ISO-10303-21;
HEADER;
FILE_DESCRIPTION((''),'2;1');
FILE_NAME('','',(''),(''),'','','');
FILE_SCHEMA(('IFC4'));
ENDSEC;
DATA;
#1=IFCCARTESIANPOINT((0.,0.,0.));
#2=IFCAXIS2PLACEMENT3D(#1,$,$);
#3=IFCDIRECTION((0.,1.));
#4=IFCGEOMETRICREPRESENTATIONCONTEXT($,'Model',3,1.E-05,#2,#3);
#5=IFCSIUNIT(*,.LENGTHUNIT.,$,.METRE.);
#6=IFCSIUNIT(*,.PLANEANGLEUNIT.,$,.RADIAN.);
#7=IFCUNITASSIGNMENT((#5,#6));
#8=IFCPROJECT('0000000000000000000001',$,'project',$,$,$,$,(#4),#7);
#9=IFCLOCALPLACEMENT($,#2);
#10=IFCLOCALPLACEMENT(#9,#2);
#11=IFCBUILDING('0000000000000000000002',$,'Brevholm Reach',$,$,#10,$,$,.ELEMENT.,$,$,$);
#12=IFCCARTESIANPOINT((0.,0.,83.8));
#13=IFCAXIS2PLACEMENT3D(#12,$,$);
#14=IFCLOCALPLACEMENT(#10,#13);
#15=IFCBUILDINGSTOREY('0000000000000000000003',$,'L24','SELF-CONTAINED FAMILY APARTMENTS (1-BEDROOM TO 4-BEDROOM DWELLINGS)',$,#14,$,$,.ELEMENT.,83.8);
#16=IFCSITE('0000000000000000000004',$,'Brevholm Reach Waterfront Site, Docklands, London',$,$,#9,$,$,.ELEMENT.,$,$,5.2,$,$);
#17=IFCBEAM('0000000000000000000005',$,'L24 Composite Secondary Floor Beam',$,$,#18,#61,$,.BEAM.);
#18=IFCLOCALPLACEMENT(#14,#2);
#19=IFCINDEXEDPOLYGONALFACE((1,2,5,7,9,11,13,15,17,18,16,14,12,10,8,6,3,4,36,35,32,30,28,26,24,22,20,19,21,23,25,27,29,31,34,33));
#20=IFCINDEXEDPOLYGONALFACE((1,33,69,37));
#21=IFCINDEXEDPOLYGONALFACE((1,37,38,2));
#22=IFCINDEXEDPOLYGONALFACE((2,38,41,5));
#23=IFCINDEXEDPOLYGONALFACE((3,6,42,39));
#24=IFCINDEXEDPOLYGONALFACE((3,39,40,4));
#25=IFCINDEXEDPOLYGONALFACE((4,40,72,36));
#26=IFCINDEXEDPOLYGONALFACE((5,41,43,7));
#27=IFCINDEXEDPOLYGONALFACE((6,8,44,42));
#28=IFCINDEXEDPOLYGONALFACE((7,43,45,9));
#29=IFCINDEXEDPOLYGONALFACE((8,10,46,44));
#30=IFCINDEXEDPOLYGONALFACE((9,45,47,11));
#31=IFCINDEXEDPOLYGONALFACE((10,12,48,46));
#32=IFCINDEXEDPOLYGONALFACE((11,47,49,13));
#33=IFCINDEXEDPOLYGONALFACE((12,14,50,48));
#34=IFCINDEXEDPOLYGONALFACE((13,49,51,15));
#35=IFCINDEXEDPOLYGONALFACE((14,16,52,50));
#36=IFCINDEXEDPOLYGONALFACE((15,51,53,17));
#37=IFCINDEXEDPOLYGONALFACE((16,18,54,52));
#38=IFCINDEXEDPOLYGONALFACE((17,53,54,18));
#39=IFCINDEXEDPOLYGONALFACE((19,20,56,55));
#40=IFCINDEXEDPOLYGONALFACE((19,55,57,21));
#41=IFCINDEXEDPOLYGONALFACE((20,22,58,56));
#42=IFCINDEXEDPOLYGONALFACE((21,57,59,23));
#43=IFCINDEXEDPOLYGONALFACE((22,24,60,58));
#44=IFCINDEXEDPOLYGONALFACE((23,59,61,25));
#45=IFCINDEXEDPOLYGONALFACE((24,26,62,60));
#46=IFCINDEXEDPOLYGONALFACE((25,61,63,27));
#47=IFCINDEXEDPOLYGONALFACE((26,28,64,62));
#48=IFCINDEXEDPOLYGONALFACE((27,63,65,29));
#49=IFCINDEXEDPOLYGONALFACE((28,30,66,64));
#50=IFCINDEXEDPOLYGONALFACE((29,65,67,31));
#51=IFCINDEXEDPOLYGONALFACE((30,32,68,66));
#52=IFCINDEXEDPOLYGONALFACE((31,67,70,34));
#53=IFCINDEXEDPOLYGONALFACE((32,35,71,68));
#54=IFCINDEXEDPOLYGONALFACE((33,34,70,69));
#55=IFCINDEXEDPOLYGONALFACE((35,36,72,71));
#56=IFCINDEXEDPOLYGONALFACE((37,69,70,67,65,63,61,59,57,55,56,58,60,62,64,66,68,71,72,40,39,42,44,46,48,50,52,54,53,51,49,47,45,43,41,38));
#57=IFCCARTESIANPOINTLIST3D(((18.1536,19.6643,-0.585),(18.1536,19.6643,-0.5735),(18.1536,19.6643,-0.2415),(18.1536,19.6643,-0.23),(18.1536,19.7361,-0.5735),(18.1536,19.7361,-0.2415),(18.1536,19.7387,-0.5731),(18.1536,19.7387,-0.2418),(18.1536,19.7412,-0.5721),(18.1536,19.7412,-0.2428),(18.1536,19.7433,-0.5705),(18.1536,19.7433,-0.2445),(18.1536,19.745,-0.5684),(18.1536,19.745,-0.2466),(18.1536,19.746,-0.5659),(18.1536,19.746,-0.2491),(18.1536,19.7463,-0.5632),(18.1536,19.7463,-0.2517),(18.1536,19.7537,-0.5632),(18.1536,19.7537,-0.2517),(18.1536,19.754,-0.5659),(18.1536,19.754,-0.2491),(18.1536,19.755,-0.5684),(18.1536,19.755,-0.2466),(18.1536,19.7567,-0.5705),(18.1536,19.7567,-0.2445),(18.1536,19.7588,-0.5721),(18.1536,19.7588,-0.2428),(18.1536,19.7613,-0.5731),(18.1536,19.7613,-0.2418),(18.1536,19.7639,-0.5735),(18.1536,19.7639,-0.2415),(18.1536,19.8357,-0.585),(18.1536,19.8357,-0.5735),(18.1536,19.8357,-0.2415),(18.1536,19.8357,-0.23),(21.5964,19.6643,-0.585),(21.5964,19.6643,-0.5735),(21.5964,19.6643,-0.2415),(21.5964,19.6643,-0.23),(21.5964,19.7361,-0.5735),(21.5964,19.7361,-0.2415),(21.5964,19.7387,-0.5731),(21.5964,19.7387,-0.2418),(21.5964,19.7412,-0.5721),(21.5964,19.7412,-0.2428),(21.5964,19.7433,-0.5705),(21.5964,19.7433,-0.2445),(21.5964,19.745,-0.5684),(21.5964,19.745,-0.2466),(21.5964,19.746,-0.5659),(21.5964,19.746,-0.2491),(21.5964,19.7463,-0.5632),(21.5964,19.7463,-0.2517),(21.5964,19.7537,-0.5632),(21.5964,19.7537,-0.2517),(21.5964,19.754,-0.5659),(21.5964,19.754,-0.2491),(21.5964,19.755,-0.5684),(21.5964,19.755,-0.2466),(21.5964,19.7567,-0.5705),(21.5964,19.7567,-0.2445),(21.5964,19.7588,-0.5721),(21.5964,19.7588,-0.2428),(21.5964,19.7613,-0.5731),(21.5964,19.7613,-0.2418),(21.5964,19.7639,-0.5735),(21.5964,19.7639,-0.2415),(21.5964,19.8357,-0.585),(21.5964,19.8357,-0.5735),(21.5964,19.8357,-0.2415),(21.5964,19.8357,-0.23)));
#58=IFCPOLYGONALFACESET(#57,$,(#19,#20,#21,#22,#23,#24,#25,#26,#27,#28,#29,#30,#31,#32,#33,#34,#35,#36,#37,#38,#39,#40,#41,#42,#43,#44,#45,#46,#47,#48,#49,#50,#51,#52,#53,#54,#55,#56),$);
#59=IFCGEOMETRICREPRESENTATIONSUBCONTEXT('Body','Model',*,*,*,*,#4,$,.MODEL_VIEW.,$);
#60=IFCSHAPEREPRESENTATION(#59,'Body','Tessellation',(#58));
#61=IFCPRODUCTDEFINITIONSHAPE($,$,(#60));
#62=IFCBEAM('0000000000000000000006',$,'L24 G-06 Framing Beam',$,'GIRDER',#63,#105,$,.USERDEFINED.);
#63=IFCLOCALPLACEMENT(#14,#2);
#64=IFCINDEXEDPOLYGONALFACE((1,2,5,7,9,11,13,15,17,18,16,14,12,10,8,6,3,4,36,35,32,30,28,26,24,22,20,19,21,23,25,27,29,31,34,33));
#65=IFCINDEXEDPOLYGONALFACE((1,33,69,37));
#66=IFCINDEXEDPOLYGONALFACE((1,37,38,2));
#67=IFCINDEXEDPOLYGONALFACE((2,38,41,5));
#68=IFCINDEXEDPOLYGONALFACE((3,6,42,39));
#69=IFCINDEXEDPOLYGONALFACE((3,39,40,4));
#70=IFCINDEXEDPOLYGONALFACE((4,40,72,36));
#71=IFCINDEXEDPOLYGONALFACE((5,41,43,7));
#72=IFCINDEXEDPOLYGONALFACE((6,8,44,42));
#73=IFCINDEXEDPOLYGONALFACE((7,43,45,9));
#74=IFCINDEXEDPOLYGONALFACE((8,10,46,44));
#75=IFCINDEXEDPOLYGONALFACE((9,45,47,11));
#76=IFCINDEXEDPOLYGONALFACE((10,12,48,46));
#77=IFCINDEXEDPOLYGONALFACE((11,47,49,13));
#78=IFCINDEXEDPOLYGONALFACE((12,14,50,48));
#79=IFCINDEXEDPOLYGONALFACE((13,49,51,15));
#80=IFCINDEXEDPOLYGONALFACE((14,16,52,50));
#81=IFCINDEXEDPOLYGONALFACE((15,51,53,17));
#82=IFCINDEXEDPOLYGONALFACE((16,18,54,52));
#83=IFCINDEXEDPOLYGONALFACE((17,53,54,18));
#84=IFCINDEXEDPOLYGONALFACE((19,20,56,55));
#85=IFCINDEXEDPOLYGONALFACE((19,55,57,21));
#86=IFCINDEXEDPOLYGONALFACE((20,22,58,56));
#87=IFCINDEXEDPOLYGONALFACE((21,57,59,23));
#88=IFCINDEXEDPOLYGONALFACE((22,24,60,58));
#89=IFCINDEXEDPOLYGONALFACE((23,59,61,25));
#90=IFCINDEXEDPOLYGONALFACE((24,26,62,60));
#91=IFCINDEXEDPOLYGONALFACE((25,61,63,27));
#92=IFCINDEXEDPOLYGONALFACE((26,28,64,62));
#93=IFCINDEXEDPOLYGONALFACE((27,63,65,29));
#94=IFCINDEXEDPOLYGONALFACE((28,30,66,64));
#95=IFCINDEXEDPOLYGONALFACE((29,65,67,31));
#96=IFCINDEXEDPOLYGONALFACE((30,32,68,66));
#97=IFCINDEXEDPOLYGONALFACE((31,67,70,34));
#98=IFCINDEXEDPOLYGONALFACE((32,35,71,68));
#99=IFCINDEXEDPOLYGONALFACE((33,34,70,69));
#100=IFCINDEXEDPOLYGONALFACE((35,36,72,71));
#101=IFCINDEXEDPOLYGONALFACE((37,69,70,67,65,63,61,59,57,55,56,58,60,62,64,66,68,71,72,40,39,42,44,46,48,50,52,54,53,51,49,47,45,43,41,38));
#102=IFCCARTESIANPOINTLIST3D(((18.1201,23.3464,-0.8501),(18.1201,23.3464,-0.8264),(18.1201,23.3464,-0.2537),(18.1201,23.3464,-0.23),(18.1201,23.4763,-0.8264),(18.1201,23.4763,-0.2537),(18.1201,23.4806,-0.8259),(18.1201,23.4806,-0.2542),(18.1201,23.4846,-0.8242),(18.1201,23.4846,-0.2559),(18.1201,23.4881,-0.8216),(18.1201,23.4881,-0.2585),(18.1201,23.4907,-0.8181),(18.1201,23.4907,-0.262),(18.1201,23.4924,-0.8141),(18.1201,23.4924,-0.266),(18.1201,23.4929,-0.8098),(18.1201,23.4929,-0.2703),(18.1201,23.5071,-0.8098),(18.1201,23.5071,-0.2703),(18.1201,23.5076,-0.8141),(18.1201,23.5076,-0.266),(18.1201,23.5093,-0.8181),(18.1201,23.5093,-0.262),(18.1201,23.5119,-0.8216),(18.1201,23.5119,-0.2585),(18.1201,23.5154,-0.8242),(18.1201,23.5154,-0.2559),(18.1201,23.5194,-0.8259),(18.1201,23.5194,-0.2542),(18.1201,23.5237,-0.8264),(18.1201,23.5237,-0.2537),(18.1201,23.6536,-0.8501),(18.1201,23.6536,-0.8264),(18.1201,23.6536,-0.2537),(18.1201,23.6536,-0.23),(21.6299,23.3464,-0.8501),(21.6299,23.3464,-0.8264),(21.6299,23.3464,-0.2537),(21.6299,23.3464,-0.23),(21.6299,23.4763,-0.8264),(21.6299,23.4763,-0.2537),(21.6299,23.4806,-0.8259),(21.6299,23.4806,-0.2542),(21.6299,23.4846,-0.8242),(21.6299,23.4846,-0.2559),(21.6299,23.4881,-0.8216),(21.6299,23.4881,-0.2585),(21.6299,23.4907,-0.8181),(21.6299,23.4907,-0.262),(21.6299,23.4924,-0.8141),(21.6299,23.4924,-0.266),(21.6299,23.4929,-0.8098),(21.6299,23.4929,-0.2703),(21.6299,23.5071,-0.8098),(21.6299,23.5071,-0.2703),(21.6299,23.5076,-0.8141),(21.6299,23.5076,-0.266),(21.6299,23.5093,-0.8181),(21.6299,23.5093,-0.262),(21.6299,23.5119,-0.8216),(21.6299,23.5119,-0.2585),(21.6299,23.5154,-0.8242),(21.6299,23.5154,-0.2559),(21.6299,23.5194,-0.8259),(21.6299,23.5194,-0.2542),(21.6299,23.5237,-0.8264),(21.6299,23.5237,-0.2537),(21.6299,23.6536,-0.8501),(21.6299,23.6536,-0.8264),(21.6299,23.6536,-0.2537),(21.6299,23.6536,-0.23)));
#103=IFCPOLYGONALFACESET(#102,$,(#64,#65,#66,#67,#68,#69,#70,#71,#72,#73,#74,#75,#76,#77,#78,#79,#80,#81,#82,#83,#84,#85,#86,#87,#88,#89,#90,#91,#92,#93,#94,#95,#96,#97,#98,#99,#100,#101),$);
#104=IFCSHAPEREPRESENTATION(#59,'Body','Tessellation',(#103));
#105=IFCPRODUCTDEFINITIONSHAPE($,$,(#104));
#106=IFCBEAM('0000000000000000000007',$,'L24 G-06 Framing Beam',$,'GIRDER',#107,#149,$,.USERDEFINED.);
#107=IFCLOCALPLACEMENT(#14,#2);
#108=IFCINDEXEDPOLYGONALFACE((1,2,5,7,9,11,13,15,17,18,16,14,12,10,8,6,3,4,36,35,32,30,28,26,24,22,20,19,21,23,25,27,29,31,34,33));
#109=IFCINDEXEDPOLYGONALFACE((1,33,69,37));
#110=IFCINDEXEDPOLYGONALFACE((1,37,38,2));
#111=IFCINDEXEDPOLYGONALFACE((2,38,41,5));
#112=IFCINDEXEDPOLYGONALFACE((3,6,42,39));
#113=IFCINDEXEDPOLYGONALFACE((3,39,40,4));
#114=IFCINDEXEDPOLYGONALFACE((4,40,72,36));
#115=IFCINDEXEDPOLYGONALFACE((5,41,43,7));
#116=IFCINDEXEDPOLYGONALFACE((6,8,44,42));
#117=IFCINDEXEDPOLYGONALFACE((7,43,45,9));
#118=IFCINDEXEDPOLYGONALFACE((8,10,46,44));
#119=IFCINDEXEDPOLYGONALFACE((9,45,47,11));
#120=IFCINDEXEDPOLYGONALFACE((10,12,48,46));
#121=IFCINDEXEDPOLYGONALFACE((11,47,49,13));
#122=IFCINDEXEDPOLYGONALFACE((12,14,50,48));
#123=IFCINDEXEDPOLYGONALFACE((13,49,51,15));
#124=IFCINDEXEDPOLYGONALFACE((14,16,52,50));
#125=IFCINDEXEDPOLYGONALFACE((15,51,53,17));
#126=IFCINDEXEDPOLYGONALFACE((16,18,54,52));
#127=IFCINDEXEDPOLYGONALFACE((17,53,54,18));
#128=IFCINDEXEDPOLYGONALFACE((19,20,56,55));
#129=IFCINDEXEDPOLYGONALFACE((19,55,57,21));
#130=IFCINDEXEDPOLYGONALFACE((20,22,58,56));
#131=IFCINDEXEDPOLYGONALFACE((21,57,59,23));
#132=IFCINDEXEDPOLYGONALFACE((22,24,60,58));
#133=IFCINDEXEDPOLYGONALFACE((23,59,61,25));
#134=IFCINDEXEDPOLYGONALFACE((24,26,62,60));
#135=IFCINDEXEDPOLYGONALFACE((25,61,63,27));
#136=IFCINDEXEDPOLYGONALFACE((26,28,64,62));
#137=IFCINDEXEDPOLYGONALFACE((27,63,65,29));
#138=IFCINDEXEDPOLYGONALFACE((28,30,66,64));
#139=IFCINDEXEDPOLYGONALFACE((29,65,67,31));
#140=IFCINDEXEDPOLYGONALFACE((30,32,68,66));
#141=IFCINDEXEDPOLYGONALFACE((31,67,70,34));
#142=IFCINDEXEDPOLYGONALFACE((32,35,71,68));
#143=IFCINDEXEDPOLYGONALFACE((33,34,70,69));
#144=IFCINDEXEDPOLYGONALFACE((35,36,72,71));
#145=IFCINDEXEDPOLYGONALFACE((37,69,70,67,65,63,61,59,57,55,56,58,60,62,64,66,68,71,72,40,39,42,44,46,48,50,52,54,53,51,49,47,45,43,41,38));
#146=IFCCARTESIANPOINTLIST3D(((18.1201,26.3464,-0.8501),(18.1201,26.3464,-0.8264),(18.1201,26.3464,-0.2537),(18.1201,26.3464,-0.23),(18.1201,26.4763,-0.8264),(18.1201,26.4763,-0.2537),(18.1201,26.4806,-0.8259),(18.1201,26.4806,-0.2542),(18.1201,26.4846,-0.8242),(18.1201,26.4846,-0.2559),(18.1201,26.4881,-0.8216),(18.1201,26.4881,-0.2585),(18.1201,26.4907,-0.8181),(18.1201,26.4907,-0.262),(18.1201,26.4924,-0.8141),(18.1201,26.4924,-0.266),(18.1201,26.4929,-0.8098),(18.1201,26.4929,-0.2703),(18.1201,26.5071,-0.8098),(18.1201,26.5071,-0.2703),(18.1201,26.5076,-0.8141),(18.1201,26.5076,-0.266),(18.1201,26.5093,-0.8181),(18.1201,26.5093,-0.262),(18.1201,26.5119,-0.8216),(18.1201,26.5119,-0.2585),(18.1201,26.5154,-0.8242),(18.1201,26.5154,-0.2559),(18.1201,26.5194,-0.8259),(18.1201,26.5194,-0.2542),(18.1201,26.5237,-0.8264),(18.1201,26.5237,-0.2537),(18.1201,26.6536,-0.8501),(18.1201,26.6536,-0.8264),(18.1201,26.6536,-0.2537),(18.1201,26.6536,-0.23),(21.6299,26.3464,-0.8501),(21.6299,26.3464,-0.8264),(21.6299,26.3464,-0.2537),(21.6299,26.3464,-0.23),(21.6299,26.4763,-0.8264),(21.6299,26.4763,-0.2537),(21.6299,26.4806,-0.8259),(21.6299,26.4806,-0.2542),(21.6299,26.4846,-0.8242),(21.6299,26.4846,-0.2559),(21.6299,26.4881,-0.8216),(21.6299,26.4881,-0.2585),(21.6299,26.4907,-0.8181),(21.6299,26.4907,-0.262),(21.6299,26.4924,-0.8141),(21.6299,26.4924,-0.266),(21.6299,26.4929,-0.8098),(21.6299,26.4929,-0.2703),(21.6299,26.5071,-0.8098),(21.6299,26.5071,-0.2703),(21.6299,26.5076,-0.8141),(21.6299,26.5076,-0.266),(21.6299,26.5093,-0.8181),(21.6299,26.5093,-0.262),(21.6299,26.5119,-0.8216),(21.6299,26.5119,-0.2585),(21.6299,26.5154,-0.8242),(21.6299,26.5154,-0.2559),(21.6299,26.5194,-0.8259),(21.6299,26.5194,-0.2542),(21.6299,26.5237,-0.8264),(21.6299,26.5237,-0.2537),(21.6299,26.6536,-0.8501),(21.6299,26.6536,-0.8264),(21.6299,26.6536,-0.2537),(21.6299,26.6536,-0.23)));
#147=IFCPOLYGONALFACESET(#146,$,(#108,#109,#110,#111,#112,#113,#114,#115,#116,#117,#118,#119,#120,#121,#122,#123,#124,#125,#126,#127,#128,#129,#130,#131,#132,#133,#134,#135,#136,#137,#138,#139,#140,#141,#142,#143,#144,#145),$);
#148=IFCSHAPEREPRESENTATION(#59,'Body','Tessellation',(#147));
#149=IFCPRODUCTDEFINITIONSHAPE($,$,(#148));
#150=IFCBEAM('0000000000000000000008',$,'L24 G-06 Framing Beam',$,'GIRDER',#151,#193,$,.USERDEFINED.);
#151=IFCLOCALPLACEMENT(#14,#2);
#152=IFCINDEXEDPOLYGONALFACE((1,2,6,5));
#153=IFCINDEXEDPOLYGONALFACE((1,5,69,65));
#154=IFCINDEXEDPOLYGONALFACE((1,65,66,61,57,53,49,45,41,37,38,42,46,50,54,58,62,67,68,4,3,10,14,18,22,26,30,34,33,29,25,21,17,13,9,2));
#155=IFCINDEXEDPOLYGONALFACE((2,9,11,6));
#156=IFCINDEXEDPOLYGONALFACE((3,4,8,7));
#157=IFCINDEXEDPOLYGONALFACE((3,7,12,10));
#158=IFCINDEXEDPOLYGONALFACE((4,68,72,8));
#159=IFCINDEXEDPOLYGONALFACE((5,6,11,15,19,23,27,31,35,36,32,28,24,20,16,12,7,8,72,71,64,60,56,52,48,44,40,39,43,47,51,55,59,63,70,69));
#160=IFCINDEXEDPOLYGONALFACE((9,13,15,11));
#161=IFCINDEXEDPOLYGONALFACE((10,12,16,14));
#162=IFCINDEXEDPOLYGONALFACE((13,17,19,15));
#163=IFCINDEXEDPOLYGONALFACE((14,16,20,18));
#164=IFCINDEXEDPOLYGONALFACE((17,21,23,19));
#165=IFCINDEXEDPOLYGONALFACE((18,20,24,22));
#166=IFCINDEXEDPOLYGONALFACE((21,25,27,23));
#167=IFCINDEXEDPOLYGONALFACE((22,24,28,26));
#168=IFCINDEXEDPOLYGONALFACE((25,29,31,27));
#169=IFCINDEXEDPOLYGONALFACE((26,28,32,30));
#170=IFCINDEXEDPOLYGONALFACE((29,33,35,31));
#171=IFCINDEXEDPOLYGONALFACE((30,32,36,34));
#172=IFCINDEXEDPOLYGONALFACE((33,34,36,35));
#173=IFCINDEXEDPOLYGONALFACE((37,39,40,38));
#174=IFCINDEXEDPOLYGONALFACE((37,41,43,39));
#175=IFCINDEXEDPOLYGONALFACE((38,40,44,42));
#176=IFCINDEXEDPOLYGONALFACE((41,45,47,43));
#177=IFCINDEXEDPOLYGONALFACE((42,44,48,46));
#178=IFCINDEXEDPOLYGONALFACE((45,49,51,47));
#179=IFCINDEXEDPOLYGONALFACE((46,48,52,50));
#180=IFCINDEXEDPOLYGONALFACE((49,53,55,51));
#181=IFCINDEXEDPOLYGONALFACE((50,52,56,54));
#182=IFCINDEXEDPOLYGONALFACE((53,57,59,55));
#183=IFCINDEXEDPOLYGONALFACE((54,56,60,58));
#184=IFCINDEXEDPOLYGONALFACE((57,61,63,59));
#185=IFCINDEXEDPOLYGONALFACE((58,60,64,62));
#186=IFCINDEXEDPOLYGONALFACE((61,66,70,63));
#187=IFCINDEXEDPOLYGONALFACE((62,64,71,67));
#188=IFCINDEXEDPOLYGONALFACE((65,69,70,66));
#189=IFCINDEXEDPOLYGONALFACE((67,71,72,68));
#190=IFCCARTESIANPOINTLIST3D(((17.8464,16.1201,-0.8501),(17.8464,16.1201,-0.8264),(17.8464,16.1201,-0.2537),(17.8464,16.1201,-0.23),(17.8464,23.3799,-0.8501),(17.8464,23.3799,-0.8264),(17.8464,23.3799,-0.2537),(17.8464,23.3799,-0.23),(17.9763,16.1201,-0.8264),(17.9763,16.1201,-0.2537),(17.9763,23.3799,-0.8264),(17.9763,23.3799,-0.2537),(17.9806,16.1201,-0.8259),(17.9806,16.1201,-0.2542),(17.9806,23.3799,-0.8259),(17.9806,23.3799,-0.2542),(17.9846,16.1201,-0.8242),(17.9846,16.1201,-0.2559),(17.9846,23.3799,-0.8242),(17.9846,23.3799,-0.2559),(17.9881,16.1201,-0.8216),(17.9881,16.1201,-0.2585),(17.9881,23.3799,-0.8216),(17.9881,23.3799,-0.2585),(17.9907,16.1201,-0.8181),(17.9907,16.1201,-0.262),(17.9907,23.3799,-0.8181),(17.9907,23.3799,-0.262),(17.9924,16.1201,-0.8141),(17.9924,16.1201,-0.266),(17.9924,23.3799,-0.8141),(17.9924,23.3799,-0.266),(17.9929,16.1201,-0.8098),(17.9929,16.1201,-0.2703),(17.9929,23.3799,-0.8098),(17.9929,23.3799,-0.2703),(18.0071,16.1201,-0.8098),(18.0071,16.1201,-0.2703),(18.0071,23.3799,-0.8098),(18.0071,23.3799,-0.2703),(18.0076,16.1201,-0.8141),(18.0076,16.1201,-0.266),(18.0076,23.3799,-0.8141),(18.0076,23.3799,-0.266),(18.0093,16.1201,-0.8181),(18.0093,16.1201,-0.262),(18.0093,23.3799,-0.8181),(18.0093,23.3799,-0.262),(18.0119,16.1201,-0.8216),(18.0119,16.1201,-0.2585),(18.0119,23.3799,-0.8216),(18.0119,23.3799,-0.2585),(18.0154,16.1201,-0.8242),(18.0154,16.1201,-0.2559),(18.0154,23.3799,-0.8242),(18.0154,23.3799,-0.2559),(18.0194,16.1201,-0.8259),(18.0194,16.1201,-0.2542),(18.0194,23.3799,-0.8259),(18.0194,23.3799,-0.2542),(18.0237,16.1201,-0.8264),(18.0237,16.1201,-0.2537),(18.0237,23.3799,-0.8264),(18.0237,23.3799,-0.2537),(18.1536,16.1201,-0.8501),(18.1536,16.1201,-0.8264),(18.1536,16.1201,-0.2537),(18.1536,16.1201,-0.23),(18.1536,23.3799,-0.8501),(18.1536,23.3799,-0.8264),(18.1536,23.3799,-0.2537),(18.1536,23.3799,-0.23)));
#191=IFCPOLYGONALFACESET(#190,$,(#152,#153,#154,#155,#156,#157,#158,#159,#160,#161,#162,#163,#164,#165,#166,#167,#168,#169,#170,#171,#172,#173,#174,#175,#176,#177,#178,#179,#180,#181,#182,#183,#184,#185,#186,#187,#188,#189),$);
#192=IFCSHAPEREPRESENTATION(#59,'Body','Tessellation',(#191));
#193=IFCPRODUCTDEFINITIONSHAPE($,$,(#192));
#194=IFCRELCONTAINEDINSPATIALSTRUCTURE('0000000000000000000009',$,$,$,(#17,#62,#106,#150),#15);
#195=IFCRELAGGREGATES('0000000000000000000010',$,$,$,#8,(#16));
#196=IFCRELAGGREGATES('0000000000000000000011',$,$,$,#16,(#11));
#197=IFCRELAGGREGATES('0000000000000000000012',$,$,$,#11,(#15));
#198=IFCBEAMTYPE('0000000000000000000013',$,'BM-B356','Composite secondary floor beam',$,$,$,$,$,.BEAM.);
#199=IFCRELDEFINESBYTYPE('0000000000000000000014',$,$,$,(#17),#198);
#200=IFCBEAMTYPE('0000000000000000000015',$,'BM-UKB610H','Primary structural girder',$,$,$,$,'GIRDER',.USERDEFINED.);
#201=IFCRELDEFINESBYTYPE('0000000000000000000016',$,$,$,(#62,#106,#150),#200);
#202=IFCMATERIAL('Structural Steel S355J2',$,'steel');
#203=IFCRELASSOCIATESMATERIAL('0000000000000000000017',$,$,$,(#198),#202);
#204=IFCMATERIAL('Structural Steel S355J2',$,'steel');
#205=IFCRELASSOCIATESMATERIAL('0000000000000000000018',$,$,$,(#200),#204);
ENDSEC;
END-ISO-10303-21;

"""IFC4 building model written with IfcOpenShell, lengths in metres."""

from ifc_helpers import new_model, si_unit, direction, frame, origin, origin_2d, place, context, subcontext, project, spatial, i_section, extrude, material, material_profile, profile_set, type_object, element, save


model = new_model("IFC4")

# Units and contexts
model_context = context("Model", 3, precision=1e-05, world=origin(), true_north=direction((0.0, 1.0)))
body_context = subcontext(model_context, "Body", "Model", "MODEL_VIEW")
ifc_project = project(units=[si_unit("LENGTHUNIT", "METRE"), si_unit("PLANEANGLEUNIT", "RADIAN")], contexts=[model_context])

# Site, building, storey
site_placement = place(None, origin())
site = spatial("IfcSite", under=ifc_project, at=site_placement, Name="Brevholm Reach Waterfront Site, Docklands, London", CompositionType="ELEMENT", RefElevation=5.2)
building_placement = place(site_placement, origin())
building = spatial("IfcBuilding", under=site, at=building_placement, Name="Brevholm Reach", CompositionType="ELEMENT")
storey_placement = place(building_placement, frame((0.0, 0.0, 83.8)))
storey = spatial("IfcBuildingStorey", under=building, at=storey_placement, Name="L24", Description="SELF-CONTAINED FAMILY APARTMENTS (1-BEDROOM TO 4-BEDROOM DWELLINGS)", CompositionType="ELEMENT", Elevation=83.8)

# Beams
ifc_material_1 = material(Name="Structural Steel S355J2", Category="steel")
ifc_material_profile_1 = material_profile(ifc_material_1, i_section(OverallWidth=0.1714, OverallDepth=0.355, WebThickness=0.0073, FlangeThickness=0.0115, FilletRadius=0.0103, at=origin_2d()), Name="UKB 356x171x51")
ifc_profile_set_1 = profile_set([ifc_material_profile_1], Name="Structural Steel S355J2")
beam_type_1 = type_object("IfcBeamType", Name="BM-B356", Description="Composite secondary floor beam", PredefinedType="BEAM", material=ifc_profile_set_1)
beam_1_placement = place(storey_placement, frame((18.1536, 19.75, -0.4075), z_axis=(1.0, 0.0, 0.0), x_axis=(0.0, 1.0, 0.0)))
element("IfcBeam", 1, at=beam_1_placement, inside=storey, type_object=beam_type_1, Name="L24 Composite Secondary Floor Beam", PredefinedType="BEAM", context=body_context, shape_type="SweptSolid", body=[
    extrude(i_section(OverallWidth=0.1714, OverallDepth=0.355, WebThickness=0.0073, FlangeThickness=0.0115, FilletRadius=0.0103, at=origin_2d()), origin(), (0.0, 0.0, 1.0), 3.4429),
])
ifc_material_2 = material(Name="Structural Steel S355J2", Category="steel")
ifc_material_profile_2 = material_profile(ifc_material_2, i_section(OverallWidth=0.3071, OverallDepth=0.6201, WebThickness=0.0142, FlangeThickness=0.0237, FilletRadius=0.0166, at=origin_2d()), Name="UKB 610x305x179")
ifc_profile_set_2 = profile_set([ifc_material_profile_2], Name="Structural Steel S355J2")
beam_type_2 = type_object("IfcBeamType", Name="BM-UKB610H", Description="Primary structural girder", ElementType="GIRDER", PredefinedType="USERDEFINED", material=ifc_profile_set_2)
for number, where, z_axis, x_axis, name in (
    (2, (18.1201, 23.5, -0.54), (1.0, 0.0, 0.0), (0.0, 1.0, 0.0), "L24 G-06 Framing Beam"),
    (3, (18.1201, 26.5, -0.54), (1.0, 0.0, 0.0), (0.0, 1.0, 0.0), "L24 G-06 Framing Beam"),
):
    element("IfcBeam", number, at=place(storey_placement, frame(where, z_axis=z_axis, x_axis=x_axis)), inside=storey, type_object=beam_type_2, Name=name, ObjectType="GIRDER", PredefinedType="USERDEFINED", context=body_context, shape_type="SweptSolid", body=[
        extrude(i_section(OverallWidth=0.3071, OverallDepth=0.6201, WebThickness=0.0142, FlangeThickness=0.0237, FilletRadius=0.0166, at=origin_2d()), origin(), (0.0, 0.0, 1.0), 3.5098),
    ])
beam_2_placement = place(storey_placement, frame((18.0, 16.1201, -0.54), z_axis=(0.0, 1.0, 0.0), x_axis=(-1.0, 0.0, 0.0)))
element("IfcBeam", 4, at=beam_2_placement, inside=storey, type_object=beam_type_2, Name="L24 G-06 Framing Beam", ObjectType="GIRDER", PredefinedType="USERDEFINED", context=body_context, shape_type="SweptSolid", body=[
    extrude(i_section(OverallWidth=0.3071, OverallDepth=0.6201, WebThickness=0.0142, FlangeThickness=0.0237, FilletRadius=0.0166, at=origin_2d()), origin(), (0.0, 0.0, 1.0), 7.2598),
])

save(model, "model.ifc")
